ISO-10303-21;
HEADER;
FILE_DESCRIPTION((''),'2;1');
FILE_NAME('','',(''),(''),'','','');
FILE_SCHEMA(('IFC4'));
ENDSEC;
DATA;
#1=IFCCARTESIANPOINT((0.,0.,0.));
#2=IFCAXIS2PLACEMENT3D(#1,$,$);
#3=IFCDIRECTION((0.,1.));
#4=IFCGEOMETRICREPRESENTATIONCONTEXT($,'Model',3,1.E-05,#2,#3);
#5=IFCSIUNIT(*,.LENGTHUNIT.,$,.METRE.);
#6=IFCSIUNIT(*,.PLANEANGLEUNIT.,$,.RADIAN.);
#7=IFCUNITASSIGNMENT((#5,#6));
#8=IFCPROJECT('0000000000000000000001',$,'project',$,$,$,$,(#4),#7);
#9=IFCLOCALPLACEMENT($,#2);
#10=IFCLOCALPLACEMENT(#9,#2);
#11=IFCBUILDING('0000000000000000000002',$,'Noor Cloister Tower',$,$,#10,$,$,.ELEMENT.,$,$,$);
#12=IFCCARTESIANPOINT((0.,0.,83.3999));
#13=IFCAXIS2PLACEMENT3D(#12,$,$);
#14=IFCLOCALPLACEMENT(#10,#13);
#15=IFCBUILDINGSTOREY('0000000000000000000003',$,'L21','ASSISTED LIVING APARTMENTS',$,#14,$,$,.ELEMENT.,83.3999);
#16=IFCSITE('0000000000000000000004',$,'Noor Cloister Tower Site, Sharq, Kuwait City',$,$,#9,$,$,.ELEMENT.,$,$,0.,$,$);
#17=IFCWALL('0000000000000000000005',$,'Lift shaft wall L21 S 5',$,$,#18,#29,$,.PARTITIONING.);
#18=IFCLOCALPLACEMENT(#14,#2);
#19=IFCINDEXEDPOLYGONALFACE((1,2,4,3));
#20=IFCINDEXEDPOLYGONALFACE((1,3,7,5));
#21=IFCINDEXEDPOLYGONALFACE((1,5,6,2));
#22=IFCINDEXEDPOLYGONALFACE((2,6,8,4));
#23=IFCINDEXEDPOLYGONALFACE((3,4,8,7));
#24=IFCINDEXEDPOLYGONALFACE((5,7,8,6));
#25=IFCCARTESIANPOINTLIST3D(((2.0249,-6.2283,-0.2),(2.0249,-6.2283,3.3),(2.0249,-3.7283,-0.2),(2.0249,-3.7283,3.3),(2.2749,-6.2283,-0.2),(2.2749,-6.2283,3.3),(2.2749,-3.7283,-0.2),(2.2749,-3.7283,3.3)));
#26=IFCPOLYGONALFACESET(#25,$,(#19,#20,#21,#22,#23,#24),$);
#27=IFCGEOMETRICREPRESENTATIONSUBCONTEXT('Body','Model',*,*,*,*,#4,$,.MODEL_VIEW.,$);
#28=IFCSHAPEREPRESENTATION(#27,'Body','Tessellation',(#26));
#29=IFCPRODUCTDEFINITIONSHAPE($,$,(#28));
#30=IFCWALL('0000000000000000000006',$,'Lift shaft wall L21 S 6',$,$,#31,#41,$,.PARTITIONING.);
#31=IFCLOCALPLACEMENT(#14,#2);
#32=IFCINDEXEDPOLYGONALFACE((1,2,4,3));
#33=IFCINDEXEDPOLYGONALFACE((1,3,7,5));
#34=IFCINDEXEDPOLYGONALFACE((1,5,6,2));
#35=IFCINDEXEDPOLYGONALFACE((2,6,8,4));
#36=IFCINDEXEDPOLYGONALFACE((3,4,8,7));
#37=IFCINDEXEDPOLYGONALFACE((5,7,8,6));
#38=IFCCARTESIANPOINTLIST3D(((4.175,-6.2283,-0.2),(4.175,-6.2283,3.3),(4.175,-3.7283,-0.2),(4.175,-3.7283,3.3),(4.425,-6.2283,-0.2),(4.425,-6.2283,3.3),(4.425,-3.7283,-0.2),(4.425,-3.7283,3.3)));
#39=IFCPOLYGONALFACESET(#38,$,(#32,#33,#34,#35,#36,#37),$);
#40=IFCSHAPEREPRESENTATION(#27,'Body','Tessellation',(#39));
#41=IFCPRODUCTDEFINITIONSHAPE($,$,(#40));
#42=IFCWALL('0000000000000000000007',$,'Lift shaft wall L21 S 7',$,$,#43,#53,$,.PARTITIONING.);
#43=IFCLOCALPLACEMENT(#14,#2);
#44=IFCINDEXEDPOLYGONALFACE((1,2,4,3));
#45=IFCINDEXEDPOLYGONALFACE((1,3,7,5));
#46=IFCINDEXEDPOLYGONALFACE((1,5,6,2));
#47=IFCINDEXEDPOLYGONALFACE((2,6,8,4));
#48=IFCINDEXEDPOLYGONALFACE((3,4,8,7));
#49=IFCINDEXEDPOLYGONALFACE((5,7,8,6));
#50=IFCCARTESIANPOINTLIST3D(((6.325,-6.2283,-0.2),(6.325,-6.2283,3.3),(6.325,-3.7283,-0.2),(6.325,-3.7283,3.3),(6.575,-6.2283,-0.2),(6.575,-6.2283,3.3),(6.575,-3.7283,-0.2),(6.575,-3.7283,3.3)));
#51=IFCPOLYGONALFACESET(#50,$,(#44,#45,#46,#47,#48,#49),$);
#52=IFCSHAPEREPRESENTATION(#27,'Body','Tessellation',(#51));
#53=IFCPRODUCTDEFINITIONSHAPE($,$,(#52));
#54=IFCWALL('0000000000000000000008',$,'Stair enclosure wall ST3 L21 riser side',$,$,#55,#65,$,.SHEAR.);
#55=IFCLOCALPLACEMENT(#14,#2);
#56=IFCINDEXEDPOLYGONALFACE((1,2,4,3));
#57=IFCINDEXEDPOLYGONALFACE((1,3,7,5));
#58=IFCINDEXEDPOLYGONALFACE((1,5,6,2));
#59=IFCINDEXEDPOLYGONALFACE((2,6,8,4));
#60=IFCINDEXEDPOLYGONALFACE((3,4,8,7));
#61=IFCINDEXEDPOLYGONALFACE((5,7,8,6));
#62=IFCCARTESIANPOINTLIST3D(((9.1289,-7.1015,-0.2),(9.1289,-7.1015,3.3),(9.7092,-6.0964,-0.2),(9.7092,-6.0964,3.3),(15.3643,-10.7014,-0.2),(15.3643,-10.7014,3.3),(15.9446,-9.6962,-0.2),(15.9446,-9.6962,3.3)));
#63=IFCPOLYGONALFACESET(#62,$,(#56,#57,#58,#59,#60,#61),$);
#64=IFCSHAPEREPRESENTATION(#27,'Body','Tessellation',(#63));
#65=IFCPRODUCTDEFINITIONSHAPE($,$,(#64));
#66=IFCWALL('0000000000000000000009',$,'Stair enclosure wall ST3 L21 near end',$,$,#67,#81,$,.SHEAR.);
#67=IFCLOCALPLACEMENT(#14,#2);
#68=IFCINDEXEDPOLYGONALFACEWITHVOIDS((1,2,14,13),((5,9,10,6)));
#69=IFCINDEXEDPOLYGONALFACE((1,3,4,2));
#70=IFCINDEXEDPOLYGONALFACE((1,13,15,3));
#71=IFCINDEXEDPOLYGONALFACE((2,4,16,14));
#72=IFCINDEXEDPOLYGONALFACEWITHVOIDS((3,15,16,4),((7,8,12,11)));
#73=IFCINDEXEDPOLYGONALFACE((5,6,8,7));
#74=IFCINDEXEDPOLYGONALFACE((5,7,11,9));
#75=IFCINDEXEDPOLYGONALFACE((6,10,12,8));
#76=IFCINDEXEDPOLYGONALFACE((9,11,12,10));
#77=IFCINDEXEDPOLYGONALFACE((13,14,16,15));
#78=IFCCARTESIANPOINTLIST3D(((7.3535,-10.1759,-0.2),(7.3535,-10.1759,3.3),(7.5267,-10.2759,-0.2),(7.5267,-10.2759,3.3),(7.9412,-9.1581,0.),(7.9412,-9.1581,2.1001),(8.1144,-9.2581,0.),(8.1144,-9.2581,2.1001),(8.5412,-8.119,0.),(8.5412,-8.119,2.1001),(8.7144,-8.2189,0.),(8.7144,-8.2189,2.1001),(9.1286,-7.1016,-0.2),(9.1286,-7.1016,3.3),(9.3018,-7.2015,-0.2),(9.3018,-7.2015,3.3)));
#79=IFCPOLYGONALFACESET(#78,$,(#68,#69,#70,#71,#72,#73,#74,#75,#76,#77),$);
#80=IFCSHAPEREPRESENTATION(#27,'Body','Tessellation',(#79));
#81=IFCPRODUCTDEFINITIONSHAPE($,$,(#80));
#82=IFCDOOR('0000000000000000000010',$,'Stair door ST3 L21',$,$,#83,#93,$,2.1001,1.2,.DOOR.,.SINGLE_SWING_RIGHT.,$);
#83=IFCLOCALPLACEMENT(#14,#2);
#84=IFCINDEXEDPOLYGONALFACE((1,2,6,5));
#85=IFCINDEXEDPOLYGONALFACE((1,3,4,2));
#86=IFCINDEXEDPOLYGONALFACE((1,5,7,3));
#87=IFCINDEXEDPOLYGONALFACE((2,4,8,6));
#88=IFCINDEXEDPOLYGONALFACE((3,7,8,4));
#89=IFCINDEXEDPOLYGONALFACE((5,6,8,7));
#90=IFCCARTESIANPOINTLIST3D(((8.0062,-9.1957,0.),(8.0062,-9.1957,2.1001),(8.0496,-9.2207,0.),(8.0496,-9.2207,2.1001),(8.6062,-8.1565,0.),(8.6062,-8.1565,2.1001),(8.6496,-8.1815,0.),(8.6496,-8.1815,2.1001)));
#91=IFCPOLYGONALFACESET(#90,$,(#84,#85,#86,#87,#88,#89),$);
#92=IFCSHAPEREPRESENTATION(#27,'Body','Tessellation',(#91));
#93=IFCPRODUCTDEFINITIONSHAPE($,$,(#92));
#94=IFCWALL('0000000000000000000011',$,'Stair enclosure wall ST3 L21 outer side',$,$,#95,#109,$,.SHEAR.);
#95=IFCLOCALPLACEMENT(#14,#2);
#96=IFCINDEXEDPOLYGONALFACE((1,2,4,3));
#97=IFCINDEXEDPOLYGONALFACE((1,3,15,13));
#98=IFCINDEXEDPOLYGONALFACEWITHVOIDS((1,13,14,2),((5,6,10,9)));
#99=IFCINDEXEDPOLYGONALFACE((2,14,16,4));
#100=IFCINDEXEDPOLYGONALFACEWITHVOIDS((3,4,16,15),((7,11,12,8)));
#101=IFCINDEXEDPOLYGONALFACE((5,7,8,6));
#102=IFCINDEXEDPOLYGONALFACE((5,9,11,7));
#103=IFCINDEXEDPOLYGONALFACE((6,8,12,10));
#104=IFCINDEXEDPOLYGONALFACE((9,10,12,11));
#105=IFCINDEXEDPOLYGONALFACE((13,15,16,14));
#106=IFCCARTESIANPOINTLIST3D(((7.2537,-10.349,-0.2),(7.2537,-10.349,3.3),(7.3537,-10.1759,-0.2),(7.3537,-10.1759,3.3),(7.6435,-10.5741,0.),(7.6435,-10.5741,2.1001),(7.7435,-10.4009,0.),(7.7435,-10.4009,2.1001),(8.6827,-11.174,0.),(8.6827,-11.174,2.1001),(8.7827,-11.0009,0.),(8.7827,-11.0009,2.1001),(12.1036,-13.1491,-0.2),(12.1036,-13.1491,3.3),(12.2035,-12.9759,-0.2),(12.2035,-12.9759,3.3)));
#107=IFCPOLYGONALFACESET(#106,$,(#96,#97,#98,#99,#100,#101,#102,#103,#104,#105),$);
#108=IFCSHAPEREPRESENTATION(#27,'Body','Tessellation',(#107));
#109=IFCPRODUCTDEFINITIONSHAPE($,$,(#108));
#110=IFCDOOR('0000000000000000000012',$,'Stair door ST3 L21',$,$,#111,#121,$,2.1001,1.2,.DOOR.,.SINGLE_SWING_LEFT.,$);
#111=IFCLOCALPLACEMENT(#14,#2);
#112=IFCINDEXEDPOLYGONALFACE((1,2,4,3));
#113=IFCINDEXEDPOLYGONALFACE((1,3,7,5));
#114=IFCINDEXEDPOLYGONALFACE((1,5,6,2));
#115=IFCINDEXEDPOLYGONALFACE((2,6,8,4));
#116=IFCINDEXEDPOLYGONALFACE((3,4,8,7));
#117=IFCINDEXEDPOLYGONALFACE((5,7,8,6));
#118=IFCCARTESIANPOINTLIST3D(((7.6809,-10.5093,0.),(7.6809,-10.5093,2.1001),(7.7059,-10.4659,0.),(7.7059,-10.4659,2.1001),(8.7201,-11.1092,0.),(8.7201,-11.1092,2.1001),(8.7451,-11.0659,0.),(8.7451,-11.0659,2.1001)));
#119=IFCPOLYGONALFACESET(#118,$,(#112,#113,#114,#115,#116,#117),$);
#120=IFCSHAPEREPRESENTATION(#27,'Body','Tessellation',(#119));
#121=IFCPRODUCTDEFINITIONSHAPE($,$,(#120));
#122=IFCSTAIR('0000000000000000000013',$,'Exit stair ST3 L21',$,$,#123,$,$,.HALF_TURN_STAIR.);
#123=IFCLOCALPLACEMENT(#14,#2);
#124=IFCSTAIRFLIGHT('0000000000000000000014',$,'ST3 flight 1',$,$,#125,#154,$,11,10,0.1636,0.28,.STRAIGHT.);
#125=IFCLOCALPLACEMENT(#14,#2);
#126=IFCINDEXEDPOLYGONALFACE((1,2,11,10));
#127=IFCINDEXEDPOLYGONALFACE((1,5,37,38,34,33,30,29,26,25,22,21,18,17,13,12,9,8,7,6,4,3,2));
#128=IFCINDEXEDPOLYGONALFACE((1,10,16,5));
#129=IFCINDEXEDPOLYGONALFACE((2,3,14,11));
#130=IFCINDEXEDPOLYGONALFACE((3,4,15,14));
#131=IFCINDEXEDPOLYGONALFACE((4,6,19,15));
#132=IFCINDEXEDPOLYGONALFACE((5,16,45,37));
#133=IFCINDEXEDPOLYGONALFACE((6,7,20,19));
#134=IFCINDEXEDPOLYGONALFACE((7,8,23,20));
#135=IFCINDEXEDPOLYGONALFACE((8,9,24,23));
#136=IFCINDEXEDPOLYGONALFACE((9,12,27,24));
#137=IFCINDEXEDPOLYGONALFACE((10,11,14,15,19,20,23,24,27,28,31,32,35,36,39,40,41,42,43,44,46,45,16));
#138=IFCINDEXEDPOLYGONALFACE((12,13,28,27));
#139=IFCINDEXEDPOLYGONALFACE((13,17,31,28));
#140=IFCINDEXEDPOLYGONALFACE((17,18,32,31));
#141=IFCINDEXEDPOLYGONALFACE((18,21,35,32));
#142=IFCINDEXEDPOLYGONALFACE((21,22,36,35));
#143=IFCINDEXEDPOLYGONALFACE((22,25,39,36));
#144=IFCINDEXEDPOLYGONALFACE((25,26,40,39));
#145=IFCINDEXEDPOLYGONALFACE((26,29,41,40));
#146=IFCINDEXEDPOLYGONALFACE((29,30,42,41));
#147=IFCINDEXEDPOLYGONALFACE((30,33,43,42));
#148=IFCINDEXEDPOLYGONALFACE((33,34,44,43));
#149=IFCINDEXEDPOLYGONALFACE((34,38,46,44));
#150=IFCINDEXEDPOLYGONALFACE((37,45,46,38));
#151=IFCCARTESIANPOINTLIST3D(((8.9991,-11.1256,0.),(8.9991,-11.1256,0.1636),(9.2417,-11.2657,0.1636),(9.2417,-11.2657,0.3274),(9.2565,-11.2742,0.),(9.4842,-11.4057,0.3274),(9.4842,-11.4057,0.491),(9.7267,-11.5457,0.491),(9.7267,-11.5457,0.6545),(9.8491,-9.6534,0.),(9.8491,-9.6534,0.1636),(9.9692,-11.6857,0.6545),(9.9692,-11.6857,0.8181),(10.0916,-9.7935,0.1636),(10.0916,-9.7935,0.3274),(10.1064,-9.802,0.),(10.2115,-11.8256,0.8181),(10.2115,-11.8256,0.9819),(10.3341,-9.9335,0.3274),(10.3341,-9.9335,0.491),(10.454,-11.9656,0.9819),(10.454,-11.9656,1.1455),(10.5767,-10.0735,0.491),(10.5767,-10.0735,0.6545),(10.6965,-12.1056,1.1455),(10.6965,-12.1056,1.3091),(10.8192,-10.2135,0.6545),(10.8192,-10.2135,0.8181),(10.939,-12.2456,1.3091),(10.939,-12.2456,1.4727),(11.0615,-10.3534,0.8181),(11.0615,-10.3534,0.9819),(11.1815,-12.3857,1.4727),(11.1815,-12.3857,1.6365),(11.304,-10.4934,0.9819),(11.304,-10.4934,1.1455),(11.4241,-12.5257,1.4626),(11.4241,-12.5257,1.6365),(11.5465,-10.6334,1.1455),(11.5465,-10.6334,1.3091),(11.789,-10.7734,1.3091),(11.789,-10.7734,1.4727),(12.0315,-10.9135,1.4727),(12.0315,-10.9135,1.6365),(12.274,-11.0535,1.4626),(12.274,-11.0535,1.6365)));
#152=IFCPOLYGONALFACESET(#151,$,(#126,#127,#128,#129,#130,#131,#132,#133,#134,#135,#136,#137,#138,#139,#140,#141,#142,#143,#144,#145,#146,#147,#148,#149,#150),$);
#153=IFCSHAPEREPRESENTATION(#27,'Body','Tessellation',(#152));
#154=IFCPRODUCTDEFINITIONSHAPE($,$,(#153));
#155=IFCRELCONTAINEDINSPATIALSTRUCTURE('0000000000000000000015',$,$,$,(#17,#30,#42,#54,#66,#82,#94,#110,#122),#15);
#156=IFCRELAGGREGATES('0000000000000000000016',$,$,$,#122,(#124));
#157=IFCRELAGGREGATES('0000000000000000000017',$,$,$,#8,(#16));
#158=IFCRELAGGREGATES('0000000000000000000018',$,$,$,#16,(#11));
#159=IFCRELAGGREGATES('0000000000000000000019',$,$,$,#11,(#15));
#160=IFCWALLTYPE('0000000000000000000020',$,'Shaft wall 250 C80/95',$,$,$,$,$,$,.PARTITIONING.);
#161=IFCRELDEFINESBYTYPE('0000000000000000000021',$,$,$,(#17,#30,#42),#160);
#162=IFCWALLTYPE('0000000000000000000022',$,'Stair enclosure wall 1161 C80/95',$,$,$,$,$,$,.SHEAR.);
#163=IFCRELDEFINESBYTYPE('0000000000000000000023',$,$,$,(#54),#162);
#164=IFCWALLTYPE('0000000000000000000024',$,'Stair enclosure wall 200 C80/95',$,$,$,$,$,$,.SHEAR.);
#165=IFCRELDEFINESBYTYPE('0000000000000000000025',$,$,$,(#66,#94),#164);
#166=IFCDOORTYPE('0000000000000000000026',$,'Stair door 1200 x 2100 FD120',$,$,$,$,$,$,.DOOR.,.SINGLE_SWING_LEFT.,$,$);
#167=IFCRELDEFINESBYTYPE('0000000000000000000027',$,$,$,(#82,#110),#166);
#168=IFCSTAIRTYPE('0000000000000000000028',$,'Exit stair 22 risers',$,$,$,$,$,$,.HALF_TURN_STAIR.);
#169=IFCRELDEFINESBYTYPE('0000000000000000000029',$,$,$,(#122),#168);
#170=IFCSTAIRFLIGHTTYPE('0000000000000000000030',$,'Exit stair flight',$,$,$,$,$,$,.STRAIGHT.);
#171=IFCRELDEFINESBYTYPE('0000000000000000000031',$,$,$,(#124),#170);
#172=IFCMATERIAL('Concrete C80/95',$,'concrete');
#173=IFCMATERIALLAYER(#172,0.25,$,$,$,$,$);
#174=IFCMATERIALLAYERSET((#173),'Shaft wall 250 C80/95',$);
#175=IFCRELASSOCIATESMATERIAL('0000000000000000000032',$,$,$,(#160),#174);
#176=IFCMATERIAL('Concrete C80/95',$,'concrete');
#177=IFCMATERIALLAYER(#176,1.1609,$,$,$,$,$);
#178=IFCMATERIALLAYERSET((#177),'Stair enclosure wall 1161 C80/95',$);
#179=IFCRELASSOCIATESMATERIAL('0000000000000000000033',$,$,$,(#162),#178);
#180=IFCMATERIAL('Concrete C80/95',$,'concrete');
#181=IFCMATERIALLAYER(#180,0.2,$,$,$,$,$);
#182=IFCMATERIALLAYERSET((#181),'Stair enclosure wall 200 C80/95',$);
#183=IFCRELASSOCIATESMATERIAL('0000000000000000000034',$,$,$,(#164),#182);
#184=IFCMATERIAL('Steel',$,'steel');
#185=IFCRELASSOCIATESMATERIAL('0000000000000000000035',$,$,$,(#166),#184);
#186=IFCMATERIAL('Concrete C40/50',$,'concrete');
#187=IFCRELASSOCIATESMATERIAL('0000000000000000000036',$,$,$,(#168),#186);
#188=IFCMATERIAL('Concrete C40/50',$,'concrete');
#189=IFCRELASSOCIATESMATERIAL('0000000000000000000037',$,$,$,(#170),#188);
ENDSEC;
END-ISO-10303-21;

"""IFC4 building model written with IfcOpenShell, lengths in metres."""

from ifc_helpers import new_model, si_unit, direction, frame, frame_2d, origin, place, context, subcontext, project, spatial, polyline, rectangle, outline, extrude, material, layer, layer_set, type_object, element, fill, aggregate, save


model = new_model("IFC4")

# Units and contexts
model_context = context("Model", 3, precision=1e-05, world=origin(), true_north=direction((0.0, 1.0)))
body_context = subcontext(model_context, "Body", "Model", "MODEL_VIEW")
ifc_project = project(units=[si_unit("LENGTHUNIT", "METRE"), si_unit("PLANEANGLEUNIT", "RADIAN")], contexts=[model_context])

# Site, building, storey
site_placement = place(None, origin())
site = spatial("IfcSite", under=ifc_project, at=site_placement, Name="Noor Cloister Tower Site, Sharq, Kuwait City", CompositionType="ELEMENT", RefElevation=0.0)
building_placement = place(site_placement, origin())
building = spatial("IfcBuilding", under=site, at=building_placement, Name="Noor Cloister Tower", CompositionType="ELEMENT")
storey_placement = place(building_placement, frame((0.0, 0.0, 83.3999)))
storey = spatial("IfcBuildingStorey", under=building, at=storey_placement, Name="L21", Description="ASSISTED LIVING APARTMENTS", CompositionType="ELEMENT", Elevation=83.3999)

# Walls
ifc_material_1 = material(Name="Concrete C80/95", Category="concrete")
ifc_layer_1 = layer(ifc_material_1, 0.25)
ifc_layer_set_1 = layer_set([ifc_layer_1], Name="Shaft wall 250 C80/95")
wall_type_1 = type_object("IfcWallType", Name="Shaft wall 250 C80/95", PredefinedType="PARTITIONING", material=ifc_layer_set_1)
for number, where, z_axis, x_axis, name in (
    (1, (2.1499, -6.2283, -0.2), (0.0, 0.0, 1.0), (0.0, 1.0, 0.0), "Lift shaft wall L21 S 5"),
    (2, (4.3, -6.2283, -0.2), (0.0, 0.0, 1.0), (0.0, 1.0, 0.0), "Lift shaft wall L21 S 6"),
    (3, (6.45, -6.2283, -0.2), (0.0, 0.0, 1.0), (0.0, 1.0, 0.0), "Lift shaft wall L21 S 7"),
):
    element("IfcWall", number, at=place(storey_placement, frame(where, z_axis=z_axis, x_axis=x_axis)), inside=storey, type_object=wall_type_1, Name=name, PredefinedType="PARTITIONING", context=body_context, shape_type="SweptSolid", body=[
        extrude(rectangle(XDim=2.5, YDim=0.25, at=frame_2d((1.25, 0.0))), origin(), (0.0, 0.0, 1.0), 3.5),
    ])
ifc_material_2 = material(Name="Concrete C80/95", Category="concrete")
ifc_layer_2 = layer(ifc_material_2, 1.1609)
ifc_layer_set_2 = layer_set([ifc_layer_2], Name="Stair enclosure wall 1161 C80/95")
wall_type_2 = type_object("IfcWallType", Name="Stair enclosure wall 1161 C80/95", PredefinedType="SHEAR", material=ifc_layer_set_2)
wall_1_placement = place(storey_placement, frame((9.4189, -6.5989, -0.2), z_axis=(0.0, 0.0, 1.0), x_axis=(0.866033, -0.499987, 0.0)))
element("IfcWall", 4, at=wall_1_placement, inside=storey, type_object=wall_type_2, Name="Stair enclosure wall ST3 L21 riser side", PredefinedType="SHEAR", context=body_context, shape_type="SweptSolid", body=[
    extrude(rectangle(XDim=7.2, YDim=1.1606, at=frame_2d((3.6001, 0.0))), origin(), (0.0, 0.0, 1.0), 3.5),
])

# Walls, openings, doors
ifc_material_3 = material(Name="Concrete C80/95", Category="concrete")
ifc_layer_3 = layer(ifc_material_3, 0.2)
ifc_layer_set_3 = layer_set([ifc_layer_3], Name="Stair enclosure wall 200 C80/95")
wall_type_3 = type_object("IfcWallType", Name="Stair enclosure wall 200 C80/95", PredefinedType="SHEAR", material=ifc_layer_set_3)
wall_2_placement = place(storey_placement, frame((7.4402, -10.2258, -0.2), z_axis=(0.0, 0.0, 1.0), x_axis=(0.500022, 0.866013, 0.0)))
wall_2 = element("IfcWall", 5, at=wall_2_placement, inside=storey, type_object=wall_type_3, Name="Stair enclosure wall ST3 L21 near end", PredefinedType="SHEAR", context=body_context, shape_type="SweptSolid", body=[
    extrude(rectangle(XDim=3.55, YDim=0.2, at=frame_2d((1.7749, 0.0))), origin(), (0.0, 0.0, 1.0), 3.5),
])
opening_1_placement = place(wall_2_placement, frame((1.175, 0.0, 0.2)))
opening_1 = element("IfcOpeningElement", 6, at=opening_1_placement, cuts=wall_2, PredefinedType="OPENING", context=body_context, shape_type="SweptSolid", body=[
    extrude(rectangle(XDim=1.2, YDim=2.1001, at=frame_2d((0.6001, 1.05))), frame((0.0, 0.1099, 0.0), z_axis=(0.0, -1.0, 0.0), x_axis=(1.0, 0.0, 0.0)), (0.0, 0.0, 1.0), 0.22),
])
ifc_material_4 = material(Name="Steel", Category="steel")
door_type_1 = type_object("IfcDoorType", Name="Stair door 1200 x 2100 FD120", OperationType="SINGLE_SWING_LEFT", PredefinedType="DOOR", material=ifc_material_4)
door_1_placement = place(opening_1_placement, origin())
door_1 = element("IfcDoor", 7, at=door_1_placement, inside=storey, type_object=door_type_1, Name="Stair door ST3 L21", OperationType="SINGLE_SWING_RIGHT", OverallHeight=2.1001, OverallWidth=1.2, PredefinedType="DOOR", context=body_context, shape_type="SweptSolid", body=[
    extrude(rectangle(XDim=1.2, YDim=2.1001, at=frame_2d((0.6001, 1.05))), frame((0.0, 0.0249, 0.0), z_axis=(0.0, -1.0, 0.0), x_axis=(1.0, 0.0, 0.0)), (0.0, 0.0, 1.0), 0.05),
])
fill(opening_1, door_1)
wall_3_placement = place(storey_placement, frame((7.3037, -10.2625, -0.2), z_axis=(0.0, 0.0, 1.0), x_axis=(0.866027, -0.499998, 0.0)))
wall_3 = element("IfcWall", 8, at=wall_3_placement, inside=storey, type_object=wall_type_3, Name="Stair enclosure wall ST3 L21 outer side", PredefinedType="SHEAR", context=body_context, shape_type="SweptSolid", body=[
    extrude(rectangle(XDim=5.6001, YDim=0.2, at=frame_2d((2.8, 0.0))), origin(), (0.0, 0.0, 1.0), 3.5),
])
opening_2_placement = place(wall_3_placement, frame((0.45, 0.0, 0.2)))
opening_2 = element("IfcOpeningElement", 9, at=opening_2_placement, cuts=wall_3, PredefinedType="OPENING", context=body_context, shape_type="SweptSolid", body=[
    extrude(rectangle(XDim=1.2, YDim=2.1001, at=frame_2d((0.6001, 1.05))), frame((0.0, 0.1099, 0.0), z_axis=(0.0, -1.0, 0.0), x_axis=(1.0, 0.0, 0.0)), (0.0, 0.0, 1.0), 0.22),
])
door_2_placement = place(opening_2_placement, origin())
door_2 = element("IfcDoor", 10, at=door_2_placement, inside=storey, type_object=door_type_1, Name="Stair door ST3 L21", OperationType="SINGLE_SWING_LEFT", OverallHeight=2.1001, OverallWidth=1.2, PredefinedType="DOOR", context=body_context, shape_type="SweptSolid", body=[
    extrude(rectangle(XDim=1.2, YDim=2.1001, at=frame_2d((0.6001, 1.05))), frame((0.0, 0.0249, 0.0), z_axis=(0.0, -1.0, 0.0), x_axis=(1.0, 0.0, 0.0)), (0.0, 0.0, 1.0), 0.05),
])
fill(opening_2, door_2)

# Stair, stair flight
ifc_material_5 = material(Name="Concrete C40/50", Category="concrete")
stair_type = type_object("IfcStairType", Name="Exit stair 22 risers", PredefinedType="HALF_TURN_STAIR", material=ifc_material_5)
stair_placement = place(storey_placement, origin())
stair = element("IfcStair", 11, at=stair_placement, inside=storey, type_object=stair_type, Name="Exit stair ST3 L21", PredefinedType="HALF_TURN_STAIR")
ifc_material_6 = material(Name="Concrete C40/50", Category="concrete")
stair_flight_type = type_object("IfcStairFlightType", Name="Exit stair flight", PredefinedType="STRAIGHT", material=ifc_material_6)
stair_flight_placement = place(storey_placement, frame((9.4241, -10.3896, 0.0), z_axis=(0.0, 0.0, 1.0), x_axis=(0.866025, -0.5, 0.0)))
stair_flight = element("IfcStairFlight", 12, at=stair_flight_placement, type_object=stair_flight_type, Name="ST3 flight 1", NumberOfRisers=11, NumberOfTreads=10, PredefinedType="STRAIGHT", RiserHeight=0.1636, TreadLength=0.28, context=body_context, shape_type="SweptSolid", body=[
    extrude(outline(polyline([(0.0, 0.0), (0.0, 0.1636), (0.28, 0.1636), (0.28, 0.3274), (0.5601, 0.3274), (0.5601, 0.491), (0.8401, 0.491), (0.8401, 0.6545), (1.1201, 0.6545), (1.1201, 0.8181), (1.3999, 0.8181), (1.3999, 0.9819), (1.6799, 0.9819), (1.6799, 1.1455), (1.96, 1.1455), (1.96, 1.3091), (2.24, 1.3091), (2.24, 1.4727), (2.52, 1.4727), (2.52, 1.6365), (2.8, 1.6365), (2.8, 1.8), (2.8, 1.4626), (0.2971, 0.0), (0.0, 0.0)])), frame((0.0, 0.8501, 0.0), z_axis=(0.0, -1.0, 0.0), x_axis=(1.0, 0.0, 0.0)), (0.0, 0.0, 1.0), 1.7),
])
aggregate(stair, [stair_flight])

save(model, "model.ifc")
